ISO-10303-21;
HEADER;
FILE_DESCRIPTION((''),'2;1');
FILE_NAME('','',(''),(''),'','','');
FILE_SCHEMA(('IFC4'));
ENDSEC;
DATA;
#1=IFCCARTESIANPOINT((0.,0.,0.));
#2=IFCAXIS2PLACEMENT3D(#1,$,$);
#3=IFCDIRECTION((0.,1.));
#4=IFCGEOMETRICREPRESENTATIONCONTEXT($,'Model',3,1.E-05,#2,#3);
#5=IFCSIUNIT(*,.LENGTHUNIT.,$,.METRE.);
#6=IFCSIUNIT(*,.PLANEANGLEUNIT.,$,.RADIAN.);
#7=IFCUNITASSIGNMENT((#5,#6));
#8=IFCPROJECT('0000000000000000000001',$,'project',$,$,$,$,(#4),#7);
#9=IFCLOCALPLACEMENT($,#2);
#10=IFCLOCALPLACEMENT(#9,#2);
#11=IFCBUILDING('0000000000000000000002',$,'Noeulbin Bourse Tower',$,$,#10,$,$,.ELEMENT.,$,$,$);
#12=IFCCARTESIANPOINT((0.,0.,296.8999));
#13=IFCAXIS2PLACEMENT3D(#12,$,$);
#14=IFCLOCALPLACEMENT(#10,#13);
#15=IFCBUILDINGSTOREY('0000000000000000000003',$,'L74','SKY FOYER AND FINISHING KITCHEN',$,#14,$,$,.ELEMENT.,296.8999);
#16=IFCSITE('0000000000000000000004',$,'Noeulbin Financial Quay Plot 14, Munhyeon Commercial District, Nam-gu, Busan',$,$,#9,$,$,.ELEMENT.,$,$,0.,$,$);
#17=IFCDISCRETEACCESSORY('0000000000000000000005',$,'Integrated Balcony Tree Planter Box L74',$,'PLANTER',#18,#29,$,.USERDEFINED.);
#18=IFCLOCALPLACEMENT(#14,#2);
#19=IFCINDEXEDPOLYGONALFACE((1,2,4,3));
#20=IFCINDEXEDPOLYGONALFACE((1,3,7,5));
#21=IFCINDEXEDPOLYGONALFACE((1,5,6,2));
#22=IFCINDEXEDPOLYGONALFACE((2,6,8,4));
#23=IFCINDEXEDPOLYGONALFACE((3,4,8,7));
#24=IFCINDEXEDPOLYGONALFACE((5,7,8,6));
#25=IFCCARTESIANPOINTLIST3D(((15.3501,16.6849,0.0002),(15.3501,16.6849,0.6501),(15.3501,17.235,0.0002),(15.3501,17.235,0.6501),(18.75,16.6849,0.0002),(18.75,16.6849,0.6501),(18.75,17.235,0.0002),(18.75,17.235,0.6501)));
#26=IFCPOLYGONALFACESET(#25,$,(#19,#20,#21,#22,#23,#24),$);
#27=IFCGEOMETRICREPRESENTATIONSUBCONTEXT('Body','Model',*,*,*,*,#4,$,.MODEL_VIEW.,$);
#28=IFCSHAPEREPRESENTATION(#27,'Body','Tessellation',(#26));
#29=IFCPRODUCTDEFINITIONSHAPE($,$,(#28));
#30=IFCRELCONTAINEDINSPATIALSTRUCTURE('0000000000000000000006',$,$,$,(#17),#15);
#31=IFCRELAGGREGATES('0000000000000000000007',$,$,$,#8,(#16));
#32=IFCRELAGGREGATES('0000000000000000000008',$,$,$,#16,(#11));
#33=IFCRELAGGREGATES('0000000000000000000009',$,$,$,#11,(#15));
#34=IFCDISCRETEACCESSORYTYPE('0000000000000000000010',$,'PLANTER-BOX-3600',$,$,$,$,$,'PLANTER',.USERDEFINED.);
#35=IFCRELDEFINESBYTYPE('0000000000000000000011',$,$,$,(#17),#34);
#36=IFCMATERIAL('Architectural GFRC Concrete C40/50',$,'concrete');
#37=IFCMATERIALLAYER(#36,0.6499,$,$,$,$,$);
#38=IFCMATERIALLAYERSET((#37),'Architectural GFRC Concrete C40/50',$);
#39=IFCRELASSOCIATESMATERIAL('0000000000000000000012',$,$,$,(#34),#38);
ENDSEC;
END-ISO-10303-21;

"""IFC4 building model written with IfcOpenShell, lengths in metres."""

from ifc_helpers import new_model, si_unit, direction, frame, origin, origin_2d, place, context, subcontext, project, spatial, rectangle, extrude, material, layer, layer_set, type_object, element, save


model = new_model("IFC4")

# Units and contexts
model_context = context("Model", 3, precision=1e-05, world=origin(), true_north=direction((0.0, 1.0)))
body_context = subcontext(model_context, "Body", "Model", "MODEL_VIEW")
ifc_project = project(units=[si_unit("LENGTHUNIT", "METRE"), si_unit("PLANEANGLEUNIT", "RADIAN")], contexts=[model_context])

# Site, building, storey
site_placement = place(None, origin())
site = spatial("IfcSite", under=ifc_project, at=site_placement, Name="Noeulbin Financial Quay Plot 14, Munhyeon Commercial District, Nam-gu, Busan", CompositionType="ELEMENT", RefElevation=0.0)
building_placement = place(site_placement, origin())
building = spatial("IfcBuilding", under=site, at=building_placement, Name="Noeulbin Bourse Tower", CompositionType="ELEMENT")
storey_placement = place(building_placement, frame((0.0, 0.0, 296.8999)))
storey = spatial("IfcBuildingStorey", under=building, at=storey_placement, Name="L74", Description="SKY FOYER AND FINISHING KITCHEN", CompositionType="ELEMENT", Elevation=296.8999)

# Discrete accessory
ifc_material_1 = material(Name="Architectural GFRC Concrete C40/50", Category="concrete")
ifc_layer_1 = layer(ifc_material_1, 0.6499)
ifc_layer_set_1 = layer_set([ifc_layer_1], Name="Architectural GFRC Concrete C40/50")
discrete_accessory_type = type_object("IfcDiscreteAccessoryType", Name="PLANTER-BOX-3600", ElementType="PLANTER", PredefinedType="USERDEFINED", material=ifc_layer_set_1)
discrete_accessory_placement = place(storey_placement, frame((17.05, 16.96, 0.0002), z_axis=(0.0, 0.0, 1.0), x_axis=(1.0, 0.0, 0.0)))
element("IfcDiscreteAccessory", 1, at=discrete_accessory_placement, inside=storey, type_object=discrete_accessory_type, Name="Integrated Balcony Tree Planter Box L74", ObjectType="PLANTER", PredefinedType="USERDEFINED", context=body_context, shape_type="SweptSolid", body=[
    extrude(rectangle(XDim=3.3999, YDim=0.55, at=origin_2d()), origin(), (0.0, 0.0, 1.0), 0.6499),
])

save(model, "model.ifc")
